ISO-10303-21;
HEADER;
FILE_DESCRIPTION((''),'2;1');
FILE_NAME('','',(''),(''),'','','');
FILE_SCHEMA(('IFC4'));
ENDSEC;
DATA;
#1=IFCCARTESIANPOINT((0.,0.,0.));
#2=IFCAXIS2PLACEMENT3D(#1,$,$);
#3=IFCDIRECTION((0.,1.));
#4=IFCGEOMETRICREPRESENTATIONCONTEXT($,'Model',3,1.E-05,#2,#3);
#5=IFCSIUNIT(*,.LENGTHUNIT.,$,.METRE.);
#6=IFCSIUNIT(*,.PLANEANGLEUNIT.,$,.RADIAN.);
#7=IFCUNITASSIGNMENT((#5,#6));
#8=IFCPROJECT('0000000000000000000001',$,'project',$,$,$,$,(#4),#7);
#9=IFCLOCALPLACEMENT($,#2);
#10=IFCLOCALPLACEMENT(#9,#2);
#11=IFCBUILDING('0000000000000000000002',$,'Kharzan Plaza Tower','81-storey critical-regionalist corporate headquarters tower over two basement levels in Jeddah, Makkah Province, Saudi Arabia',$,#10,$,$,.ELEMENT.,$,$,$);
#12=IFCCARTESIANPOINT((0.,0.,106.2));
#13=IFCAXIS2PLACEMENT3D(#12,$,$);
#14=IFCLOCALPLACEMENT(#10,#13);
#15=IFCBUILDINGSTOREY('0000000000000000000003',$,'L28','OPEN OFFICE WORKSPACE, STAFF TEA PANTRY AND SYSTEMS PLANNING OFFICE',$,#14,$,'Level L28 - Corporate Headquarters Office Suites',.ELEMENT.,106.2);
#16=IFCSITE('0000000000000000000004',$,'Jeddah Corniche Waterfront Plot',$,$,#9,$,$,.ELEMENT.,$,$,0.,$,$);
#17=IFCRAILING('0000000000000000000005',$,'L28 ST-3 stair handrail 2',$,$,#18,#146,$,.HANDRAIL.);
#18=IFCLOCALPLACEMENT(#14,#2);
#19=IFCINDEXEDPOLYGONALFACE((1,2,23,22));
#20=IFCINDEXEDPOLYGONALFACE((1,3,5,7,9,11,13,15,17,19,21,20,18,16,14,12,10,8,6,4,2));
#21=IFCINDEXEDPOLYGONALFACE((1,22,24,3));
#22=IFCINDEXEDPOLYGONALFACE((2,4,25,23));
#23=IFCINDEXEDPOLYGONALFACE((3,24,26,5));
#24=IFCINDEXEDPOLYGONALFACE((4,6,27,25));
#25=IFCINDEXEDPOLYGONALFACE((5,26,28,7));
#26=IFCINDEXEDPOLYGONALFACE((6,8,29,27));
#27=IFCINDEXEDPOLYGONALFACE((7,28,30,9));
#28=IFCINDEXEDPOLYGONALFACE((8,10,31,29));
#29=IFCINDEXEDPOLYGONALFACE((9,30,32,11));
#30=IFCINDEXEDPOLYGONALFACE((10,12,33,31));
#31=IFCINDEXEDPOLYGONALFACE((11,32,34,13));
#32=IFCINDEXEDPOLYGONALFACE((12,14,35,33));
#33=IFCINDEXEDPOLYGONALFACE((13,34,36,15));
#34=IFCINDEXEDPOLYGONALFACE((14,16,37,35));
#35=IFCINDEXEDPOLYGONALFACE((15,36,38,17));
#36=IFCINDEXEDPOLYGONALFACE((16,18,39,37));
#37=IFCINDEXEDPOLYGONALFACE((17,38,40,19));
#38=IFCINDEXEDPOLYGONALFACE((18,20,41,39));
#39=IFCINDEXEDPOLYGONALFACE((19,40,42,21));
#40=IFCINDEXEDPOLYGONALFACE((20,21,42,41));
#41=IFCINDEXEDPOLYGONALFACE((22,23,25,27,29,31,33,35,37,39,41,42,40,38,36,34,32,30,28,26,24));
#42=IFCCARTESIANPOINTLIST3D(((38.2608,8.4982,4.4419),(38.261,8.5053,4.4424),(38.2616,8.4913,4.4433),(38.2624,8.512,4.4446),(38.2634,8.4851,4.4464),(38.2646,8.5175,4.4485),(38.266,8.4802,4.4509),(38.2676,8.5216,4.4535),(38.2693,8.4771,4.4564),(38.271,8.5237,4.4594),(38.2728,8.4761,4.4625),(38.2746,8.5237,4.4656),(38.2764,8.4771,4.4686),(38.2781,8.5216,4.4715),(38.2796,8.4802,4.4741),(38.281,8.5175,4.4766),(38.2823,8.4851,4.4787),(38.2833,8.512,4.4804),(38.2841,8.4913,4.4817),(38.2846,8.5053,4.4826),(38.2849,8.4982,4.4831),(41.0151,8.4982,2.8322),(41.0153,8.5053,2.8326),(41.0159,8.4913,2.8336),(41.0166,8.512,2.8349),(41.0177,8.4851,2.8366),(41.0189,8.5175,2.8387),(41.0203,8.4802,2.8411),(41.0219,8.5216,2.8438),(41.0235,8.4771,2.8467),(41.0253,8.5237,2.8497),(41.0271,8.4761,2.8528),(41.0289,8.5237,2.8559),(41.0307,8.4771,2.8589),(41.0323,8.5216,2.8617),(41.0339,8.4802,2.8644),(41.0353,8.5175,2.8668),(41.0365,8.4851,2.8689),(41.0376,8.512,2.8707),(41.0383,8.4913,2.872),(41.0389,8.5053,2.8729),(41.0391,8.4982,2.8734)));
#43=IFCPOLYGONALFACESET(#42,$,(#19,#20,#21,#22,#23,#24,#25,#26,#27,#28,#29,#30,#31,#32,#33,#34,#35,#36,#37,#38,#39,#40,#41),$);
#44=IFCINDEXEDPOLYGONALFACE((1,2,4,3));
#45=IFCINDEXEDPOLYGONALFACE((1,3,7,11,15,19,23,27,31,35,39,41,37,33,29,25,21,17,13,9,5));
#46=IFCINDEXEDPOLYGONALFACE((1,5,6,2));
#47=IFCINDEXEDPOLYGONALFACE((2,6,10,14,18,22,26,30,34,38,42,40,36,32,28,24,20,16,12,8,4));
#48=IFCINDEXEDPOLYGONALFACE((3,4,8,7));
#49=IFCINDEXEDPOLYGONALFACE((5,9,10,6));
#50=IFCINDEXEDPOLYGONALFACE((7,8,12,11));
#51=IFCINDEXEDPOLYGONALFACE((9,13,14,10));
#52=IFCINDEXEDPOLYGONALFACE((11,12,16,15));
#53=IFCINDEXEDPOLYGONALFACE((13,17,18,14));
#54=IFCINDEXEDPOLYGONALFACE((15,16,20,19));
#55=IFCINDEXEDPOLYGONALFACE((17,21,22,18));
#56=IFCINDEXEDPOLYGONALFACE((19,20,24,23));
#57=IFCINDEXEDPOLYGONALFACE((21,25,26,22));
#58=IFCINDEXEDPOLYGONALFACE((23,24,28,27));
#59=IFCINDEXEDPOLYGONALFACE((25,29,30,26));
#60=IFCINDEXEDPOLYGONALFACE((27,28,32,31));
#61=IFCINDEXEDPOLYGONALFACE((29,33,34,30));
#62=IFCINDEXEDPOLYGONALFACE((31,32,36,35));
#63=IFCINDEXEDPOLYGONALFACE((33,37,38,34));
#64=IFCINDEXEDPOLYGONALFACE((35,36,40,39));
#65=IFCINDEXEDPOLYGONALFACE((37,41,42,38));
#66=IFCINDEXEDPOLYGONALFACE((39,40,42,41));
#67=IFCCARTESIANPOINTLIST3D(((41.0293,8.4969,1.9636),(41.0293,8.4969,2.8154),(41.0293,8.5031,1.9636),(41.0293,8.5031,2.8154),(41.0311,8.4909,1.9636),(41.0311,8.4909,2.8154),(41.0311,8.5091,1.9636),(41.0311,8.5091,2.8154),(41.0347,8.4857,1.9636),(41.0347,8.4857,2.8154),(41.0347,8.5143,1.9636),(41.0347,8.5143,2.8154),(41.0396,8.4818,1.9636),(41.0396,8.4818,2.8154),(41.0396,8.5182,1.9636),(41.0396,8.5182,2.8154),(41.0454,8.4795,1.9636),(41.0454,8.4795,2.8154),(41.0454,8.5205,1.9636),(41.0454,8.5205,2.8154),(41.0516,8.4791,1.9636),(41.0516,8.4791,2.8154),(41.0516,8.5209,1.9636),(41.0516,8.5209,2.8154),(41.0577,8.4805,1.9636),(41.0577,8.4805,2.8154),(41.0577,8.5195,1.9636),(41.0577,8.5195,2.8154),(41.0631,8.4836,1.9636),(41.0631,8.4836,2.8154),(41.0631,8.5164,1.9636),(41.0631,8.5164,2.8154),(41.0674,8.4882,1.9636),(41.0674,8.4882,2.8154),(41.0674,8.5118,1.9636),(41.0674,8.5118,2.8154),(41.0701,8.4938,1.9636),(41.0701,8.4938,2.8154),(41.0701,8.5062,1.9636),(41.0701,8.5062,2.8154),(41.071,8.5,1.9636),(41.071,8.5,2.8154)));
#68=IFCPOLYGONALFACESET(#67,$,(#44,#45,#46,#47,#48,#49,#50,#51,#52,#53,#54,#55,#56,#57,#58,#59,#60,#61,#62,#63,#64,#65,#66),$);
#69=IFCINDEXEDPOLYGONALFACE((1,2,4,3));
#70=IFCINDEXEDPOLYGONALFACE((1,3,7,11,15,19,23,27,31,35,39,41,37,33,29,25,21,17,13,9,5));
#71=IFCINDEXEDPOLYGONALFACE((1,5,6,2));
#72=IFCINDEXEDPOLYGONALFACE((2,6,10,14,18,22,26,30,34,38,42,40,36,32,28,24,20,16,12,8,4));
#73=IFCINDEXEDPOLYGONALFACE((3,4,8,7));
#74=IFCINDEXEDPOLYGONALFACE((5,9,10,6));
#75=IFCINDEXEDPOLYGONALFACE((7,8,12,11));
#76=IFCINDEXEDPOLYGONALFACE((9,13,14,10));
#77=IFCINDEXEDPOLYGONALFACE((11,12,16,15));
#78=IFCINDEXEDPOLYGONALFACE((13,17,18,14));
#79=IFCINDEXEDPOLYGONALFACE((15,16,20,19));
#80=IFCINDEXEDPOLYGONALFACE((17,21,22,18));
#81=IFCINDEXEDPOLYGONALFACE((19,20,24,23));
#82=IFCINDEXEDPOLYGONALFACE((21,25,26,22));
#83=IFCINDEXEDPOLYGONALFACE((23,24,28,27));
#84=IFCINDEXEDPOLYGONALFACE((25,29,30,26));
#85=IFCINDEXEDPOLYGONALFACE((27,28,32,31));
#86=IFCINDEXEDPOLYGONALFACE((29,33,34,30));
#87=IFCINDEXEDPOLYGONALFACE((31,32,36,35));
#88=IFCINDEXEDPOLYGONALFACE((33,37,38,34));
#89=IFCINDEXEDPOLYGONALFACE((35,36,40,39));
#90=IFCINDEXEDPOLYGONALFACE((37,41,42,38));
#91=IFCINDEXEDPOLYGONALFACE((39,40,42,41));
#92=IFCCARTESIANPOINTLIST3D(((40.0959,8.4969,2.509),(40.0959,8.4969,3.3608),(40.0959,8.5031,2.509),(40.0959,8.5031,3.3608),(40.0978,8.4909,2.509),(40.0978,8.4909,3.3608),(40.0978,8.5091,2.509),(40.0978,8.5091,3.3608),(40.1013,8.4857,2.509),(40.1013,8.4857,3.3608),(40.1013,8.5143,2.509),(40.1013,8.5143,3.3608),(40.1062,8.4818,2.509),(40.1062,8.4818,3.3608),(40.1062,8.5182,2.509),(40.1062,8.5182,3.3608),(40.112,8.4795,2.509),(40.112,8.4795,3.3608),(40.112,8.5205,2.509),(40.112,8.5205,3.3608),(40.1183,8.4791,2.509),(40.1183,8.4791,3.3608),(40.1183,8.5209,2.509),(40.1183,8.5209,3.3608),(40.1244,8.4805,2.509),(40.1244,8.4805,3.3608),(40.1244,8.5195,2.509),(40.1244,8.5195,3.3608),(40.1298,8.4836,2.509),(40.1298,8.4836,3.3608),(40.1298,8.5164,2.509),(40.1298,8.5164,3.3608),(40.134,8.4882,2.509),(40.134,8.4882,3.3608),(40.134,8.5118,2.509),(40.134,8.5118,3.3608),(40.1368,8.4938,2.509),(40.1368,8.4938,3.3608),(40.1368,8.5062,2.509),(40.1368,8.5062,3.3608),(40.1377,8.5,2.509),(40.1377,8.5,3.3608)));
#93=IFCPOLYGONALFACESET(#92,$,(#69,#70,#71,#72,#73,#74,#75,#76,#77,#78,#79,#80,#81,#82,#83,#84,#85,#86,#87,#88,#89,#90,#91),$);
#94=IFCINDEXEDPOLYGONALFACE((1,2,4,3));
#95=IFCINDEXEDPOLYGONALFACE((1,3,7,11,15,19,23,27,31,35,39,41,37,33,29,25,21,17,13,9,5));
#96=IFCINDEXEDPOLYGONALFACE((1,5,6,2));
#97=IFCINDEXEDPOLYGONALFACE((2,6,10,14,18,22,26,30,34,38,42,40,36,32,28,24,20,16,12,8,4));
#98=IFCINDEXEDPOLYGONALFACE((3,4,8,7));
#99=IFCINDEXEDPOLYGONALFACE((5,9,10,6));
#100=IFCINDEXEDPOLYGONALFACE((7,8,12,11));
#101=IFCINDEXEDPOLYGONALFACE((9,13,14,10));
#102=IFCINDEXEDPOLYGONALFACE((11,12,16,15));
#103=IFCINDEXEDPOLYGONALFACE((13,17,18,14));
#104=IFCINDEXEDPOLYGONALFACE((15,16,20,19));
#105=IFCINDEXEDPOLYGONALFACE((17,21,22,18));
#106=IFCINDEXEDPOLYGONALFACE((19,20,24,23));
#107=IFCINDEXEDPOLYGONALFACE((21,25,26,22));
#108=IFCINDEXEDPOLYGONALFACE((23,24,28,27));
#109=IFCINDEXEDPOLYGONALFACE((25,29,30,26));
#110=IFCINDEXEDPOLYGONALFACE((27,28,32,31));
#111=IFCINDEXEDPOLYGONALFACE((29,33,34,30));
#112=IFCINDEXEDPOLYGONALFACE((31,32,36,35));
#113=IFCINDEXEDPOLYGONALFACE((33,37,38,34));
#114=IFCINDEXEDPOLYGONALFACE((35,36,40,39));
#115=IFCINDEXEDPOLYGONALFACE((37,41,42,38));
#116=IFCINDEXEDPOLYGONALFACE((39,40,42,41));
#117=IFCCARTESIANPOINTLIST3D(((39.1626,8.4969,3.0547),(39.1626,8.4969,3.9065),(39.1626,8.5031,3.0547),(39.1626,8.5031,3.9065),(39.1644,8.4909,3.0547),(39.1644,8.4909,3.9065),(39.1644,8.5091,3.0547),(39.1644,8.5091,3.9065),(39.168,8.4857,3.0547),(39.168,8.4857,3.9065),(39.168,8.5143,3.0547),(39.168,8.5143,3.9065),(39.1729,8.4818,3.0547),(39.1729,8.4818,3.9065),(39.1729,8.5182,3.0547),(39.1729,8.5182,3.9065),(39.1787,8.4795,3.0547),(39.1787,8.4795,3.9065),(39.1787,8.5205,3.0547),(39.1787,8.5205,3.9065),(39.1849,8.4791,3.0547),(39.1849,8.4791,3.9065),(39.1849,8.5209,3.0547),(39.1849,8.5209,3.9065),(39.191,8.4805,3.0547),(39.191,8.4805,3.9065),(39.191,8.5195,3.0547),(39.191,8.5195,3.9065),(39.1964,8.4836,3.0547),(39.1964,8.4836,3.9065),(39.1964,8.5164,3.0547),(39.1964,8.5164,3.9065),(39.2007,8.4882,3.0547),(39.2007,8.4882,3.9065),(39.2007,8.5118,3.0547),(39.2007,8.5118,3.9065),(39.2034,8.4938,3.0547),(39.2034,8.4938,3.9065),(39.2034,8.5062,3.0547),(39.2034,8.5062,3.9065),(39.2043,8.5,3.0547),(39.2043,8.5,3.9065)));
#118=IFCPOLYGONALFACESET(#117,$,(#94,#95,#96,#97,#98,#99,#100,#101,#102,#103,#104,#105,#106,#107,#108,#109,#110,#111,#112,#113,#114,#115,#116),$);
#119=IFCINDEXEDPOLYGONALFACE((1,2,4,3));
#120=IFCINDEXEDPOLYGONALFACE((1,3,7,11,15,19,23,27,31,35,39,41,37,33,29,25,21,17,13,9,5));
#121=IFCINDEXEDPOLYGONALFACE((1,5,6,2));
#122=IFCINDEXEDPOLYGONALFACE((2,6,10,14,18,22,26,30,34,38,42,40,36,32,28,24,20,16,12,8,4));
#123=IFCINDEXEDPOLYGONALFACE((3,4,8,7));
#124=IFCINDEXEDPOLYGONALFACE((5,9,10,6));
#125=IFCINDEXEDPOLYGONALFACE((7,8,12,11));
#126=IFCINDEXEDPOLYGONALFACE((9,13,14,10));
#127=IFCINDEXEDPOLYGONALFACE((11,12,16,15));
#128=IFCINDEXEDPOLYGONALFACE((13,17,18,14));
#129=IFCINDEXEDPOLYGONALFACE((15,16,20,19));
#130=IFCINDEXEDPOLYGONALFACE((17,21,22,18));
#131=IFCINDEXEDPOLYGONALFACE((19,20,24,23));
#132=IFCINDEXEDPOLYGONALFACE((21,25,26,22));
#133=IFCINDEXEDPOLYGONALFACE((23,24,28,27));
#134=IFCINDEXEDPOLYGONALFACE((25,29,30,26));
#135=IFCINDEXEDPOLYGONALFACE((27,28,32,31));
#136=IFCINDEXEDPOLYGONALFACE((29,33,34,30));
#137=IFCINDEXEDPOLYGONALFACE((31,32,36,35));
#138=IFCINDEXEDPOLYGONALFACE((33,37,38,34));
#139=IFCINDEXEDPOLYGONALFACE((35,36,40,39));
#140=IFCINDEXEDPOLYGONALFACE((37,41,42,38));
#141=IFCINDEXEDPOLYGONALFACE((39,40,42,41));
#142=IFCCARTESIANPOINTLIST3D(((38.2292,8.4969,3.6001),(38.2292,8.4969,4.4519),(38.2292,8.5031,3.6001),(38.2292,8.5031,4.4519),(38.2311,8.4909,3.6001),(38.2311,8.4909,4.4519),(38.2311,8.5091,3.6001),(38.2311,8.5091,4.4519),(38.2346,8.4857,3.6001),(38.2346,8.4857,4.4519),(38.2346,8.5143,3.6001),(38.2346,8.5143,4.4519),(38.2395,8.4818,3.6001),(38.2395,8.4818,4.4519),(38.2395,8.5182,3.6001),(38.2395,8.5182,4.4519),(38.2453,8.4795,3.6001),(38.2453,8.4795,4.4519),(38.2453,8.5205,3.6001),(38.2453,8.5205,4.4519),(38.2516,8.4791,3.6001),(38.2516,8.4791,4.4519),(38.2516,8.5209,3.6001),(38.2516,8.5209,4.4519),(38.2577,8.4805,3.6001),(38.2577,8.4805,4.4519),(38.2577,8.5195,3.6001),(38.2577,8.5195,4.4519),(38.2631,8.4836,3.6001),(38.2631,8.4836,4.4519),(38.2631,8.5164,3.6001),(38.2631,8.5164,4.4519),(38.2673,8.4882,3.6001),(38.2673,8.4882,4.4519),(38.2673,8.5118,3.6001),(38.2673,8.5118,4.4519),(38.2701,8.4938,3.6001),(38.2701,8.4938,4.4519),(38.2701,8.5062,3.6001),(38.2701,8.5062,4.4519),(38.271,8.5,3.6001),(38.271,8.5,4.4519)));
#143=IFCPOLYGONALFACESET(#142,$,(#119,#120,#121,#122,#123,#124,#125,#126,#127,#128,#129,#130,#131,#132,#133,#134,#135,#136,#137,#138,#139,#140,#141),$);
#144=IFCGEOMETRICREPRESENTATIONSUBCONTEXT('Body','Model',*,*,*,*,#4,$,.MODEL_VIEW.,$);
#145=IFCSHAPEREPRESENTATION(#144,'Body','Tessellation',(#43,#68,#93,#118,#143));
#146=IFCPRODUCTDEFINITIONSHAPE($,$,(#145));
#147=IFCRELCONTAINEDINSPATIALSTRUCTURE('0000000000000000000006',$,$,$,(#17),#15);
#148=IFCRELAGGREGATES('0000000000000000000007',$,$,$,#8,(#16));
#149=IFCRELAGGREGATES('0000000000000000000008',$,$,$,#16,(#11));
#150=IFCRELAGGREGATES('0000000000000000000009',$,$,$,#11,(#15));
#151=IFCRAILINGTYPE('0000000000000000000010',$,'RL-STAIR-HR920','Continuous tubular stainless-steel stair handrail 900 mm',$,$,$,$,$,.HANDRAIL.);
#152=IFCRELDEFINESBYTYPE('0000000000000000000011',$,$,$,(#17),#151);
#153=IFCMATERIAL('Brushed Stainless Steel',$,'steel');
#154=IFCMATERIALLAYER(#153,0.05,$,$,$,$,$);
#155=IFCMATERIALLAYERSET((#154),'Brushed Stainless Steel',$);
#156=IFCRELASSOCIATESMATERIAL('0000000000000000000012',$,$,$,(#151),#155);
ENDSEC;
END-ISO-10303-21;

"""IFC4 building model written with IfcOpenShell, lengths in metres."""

from ifc_helpers import new_model, si_unit, direction, frame, origin, origin_2d, place, context, subcontext, project, spatial, circle, extrude, source, transform, mapped, material, layer, layer_set, type_object, element, save


model = new_model("IFC4")

# Units and contexts
model_context = context("Model", 3, precision=1e-05, world=origin(), true_north=direction((0.0, 1.0)))
body_context = subcontext(model_context, "Body", "Model", "MODEL_VIEW")
ifc_project = project(units=[si_unit("LENGTHUNIT", "METRE"), si_unit("PLANEANGLEUNIT", "RADIAN")], contexts=[model_context])

# Site, building, storey
site_placement = place(None, origin())
site = spatial("IfcSite", under=ifc_project, at=site_placement, Name="Jeddah Corniche Waterfront Plot", CompositionType="ELEMENT", RefElevation=0.0)
building_placement = place(site_placement, origin())
building = spatial("IfcBuilding", under=site, at=building_placement, Name="Kharzan Plaza Tower", Description="81-storey critical-regionalist corporate headquarters tower over two basement levels in Jeddah, Makkah Province, Saudi Arabia", CompositionType="ELEMENT")
storey_placement = place(building_placement, frame((0.0, 0.0, 106.2)))
storey = spatial("IfcBuildingStorey", under=building, at=storey_placement, Name="L28", Description="OPEN OFFICE WORKSPACE, STAFF TEA PANTRY AND SYSTEMS PLANNING OFFICE", LongName="Level L28 - Corporate Headquarters Office Suites", CompositionType="ELEMENT", Elevation=106.2)

# Shared definitions
ifc_material_1 = material(Name="Brushed Stainless Steel", Category="steel")

# Railing
ifc_layer_1 = layer(ifc_material_1, 0.05)
ifc_layer_set_1 = layer_set([ifc_layer_1], Name="Brushed Stainless Steel")
railing_type_1 = type_object("IfcRailingType", Name="RL-STAIR-HR920", Description="Continuous tubular stainless-steel stair handrail 900 mm", PredefinedType="HANDRAIL", material=ifc_layer_set_1)
shared_shape_1 = source(origin(), body_context, "Body", "SweptSolid", [
    extrude(circle(Radius=0.0239, at=origin_2d()), frame((-0.0229, 0.0, 0.8892), z_axis=(-0.863361, 0.0, 0.504587), x_axis=(0.0, -1.0, 0.0)), (0.0, 0.0, 1.0), 3.1902),
    extrude(circle(Radius=0.021, at=origin_2d()), origin(), (0.0, 0.0, 1.0), 0.8518),
    extrude(circle(Radius=0.021, at=origin_2d()), frame((-0.9333, 0.0, 0.5454)), (0.0, 0.0, 1.0), 0.8518),
    extrude(circle(Radius=0.021, at=origin_2d()), frame((-1.8667, 0.0, 1.0911)), (0.0, 0.0, 1.0), 0.8518),
    extrude(circle(Radius=0.021, at=origin_2d()), frame((-2.8, 0.0, 1.6365)), (0.0, 0.0, 1.0), 0.8518),
])
railing_1_placement = place(storey_placement, frame((41.05, 8.5, 1.9636)))
element("IfcRailing", 1, at=railing_1_placement, inside=storey, type_object=railing_type_1, Name="L28 ST-3 stair handrail 2", PredefinedType="HANDRAIL", context=body_context, shape_type="MappedRepresentation", body=[
    mapped(shared_shape_1, transform((0.0, 0.0, 0.0), x_axis=(1.0, 0.0, 0.0), y_axis=(0.0, 1.0, 0.0), z_axis=(0.0, 0.0, 1.0))),
])

save(model, "model.ifc")
